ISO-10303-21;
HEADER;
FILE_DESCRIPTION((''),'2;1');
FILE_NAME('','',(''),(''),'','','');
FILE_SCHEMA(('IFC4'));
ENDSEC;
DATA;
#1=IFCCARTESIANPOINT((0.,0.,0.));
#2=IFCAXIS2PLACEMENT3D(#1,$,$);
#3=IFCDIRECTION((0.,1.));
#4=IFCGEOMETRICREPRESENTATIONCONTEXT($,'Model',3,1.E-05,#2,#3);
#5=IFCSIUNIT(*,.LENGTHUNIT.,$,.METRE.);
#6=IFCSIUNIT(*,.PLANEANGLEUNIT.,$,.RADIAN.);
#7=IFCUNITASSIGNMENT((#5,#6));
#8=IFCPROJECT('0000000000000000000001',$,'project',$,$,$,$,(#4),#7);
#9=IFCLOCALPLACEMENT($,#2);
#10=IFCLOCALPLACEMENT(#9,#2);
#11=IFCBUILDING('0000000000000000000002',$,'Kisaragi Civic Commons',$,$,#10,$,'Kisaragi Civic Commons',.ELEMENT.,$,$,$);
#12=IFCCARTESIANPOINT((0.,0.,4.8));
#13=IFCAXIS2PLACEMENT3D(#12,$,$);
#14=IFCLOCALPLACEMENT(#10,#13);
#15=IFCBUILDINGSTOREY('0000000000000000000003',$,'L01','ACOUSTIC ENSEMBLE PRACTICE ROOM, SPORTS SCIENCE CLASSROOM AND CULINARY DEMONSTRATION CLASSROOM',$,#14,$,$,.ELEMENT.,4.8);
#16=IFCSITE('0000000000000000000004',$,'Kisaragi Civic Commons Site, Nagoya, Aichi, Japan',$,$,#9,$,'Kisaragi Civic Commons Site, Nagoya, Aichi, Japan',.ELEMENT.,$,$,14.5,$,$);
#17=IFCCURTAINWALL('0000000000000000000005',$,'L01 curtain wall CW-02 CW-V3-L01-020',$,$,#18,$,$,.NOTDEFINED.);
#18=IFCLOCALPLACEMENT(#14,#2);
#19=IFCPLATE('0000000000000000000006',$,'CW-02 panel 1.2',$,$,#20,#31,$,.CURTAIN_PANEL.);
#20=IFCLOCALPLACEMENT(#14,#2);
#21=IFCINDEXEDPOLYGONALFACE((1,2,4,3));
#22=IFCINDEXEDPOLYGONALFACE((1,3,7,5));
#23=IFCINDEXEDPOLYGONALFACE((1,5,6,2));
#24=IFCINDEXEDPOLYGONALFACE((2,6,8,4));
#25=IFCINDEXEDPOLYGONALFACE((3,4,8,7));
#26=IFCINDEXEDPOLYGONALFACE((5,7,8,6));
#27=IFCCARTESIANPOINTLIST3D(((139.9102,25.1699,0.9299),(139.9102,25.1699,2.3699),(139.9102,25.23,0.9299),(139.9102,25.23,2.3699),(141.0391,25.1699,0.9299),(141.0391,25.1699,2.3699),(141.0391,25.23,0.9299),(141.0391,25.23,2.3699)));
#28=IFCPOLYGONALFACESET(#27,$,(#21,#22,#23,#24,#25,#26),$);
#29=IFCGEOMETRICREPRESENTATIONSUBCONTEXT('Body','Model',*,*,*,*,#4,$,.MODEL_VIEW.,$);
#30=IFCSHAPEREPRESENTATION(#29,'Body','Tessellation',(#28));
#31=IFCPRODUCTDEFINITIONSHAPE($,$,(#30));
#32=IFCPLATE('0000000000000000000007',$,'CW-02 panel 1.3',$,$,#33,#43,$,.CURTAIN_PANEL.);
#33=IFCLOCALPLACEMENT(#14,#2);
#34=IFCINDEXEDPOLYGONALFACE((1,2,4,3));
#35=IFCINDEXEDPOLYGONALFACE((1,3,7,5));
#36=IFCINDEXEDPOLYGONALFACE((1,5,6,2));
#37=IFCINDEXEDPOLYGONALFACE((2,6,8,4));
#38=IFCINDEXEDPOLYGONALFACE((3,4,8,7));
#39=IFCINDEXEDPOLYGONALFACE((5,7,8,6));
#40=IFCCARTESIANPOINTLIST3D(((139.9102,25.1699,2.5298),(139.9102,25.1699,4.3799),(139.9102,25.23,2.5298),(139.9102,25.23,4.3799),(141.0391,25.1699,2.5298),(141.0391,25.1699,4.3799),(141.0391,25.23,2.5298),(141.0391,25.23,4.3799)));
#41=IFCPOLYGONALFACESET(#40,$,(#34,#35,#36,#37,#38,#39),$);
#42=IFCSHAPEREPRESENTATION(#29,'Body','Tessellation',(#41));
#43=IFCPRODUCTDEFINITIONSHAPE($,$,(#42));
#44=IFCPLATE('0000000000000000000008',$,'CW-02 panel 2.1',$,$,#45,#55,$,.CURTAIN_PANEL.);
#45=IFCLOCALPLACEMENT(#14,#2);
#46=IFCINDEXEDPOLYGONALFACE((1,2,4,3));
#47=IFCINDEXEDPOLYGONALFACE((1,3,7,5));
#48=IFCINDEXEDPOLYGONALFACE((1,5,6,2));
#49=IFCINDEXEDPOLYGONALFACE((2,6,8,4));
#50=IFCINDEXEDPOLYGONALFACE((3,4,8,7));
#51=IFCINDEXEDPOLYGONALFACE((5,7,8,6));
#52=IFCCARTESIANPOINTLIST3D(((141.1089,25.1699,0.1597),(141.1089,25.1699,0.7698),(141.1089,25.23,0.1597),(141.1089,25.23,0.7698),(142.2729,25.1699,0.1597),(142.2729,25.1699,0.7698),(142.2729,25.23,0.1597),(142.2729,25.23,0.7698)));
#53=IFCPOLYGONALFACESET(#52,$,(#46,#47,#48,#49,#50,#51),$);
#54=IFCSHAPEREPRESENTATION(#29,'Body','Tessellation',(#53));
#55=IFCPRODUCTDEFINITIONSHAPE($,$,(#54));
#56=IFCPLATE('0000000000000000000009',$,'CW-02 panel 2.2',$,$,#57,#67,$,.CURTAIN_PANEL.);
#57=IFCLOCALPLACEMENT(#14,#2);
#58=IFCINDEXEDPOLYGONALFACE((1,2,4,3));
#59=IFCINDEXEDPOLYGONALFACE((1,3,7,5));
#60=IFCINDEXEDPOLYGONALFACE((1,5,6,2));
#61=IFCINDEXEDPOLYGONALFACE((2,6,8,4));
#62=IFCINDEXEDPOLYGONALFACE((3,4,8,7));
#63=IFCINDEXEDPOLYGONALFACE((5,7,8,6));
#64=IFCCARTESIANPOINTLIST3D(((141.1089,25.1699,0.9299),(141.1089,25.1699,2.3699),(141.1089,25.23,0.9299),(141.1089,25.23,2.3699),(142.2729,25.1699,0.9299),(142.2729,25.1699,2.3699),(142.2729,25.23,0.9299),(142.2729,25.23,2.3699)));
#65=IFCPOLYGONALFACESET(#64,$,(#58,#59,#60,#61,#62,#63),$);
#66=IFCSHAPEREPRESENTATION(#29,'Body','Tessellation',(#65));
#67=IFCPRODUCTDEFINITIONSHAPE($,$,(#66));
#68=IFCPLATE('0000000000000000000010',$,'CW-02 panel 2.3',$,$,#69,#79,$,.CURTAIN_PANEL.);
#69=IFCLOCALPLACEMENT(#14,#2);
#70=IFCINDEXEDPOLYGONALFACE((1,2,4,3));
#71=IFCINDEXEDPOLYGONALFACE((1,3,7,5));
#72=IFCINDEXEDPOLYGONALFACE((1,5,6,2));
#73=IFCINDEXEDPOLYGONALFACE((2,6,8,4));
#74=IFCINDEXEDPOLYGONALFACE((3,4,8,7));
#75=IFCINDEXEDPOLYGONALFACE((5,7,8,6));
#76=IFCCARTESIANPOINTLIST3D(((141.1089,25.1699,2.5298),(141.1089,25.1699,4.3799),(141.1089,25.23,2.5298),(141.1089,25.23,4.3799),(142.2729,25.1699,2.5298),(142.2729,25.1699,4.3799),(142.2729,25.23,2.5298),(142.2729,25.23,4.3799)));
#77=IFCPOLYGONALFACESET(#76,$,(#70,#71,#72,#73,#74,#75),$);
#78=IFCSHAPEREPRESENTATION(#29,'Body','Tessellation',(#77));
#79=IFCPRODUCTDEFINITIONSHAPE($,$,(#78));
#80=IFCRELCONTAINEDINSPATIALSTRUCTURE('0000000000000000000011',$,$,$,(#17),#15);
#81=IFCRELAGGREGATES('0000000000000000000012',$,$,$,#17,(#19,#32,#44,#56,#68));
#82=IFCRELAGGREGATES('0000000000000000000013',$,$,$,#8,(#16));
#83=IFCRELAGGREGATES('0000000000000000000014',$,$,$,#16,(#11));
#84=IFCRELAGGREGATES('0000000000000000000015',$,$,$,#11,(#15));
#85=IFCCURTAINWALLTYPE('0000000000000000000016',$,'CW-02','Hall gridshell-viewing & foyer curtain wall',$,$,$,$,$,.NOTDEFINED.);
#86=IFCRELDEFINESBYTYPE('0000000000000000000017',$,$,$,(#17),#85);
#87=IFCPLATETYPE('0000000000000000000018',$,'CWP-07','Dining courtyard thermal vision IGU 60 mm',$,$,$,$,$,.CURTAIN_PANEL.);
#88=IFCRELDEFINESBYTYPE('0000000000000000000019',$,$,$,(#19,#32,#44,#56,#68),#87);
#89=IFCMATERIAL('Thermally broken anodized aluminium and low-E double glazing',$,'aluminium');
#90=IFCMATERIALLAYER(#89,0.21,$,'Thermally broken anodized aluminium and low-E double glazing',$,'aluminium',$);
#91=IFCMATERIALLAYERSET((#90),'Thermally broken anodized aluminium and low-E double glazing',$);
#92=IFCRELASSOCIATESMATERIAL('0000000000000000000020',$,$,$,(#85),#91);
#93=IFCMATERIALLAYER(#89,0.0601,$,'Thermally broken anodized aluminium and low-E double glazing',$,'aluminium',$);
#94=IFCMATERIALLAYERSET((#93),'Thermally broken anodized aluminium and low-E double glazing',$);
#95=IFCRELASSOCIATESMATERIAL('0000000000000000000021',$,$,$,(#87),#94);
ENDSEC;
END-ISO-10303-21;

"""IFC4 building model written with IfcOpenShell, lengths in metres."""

from ifc_helpers import new_model, si_unit, direction, frame, origin, origin_2d, place, context, subcontext, project, spatial, rectangle, extrude, material, layer, layer_set, type_object, element, aggregate, save


model = new_model("IFC4")

# Units and contexts
model_context = context("Model", 3, precision=1e-05, world=origin(), true_north=direction((0.0, 1.0)))
body_context = subcontext(model_context, "Body", "Model", "MODEL_VIEW")
ifc_project = project(units=[si_unit("LENGTHUNIT", "METRE"), si_unit("PLANEANGLEUNIT", "RADIAN")], contexts=[model_context])

# Site, building, storey
site_placement = place(None, origin())
site = spatial("IfcSite", under=ifc_project, at=site_placement, Name="Kisaragi Civic Commons Site, Nagoya, Aichi, Japan", LongName="Kisaragi Civic Commons Site, Nagoya, Aichi, Japan", CompositionType="ELEMENT", RefElevation=14.5)
building_placement = place(site_placement, origin())
building = spatial("IfcBuilding", under=site, at=building_placement, Name="Kisaragi Civic Commons", LongName="Kisaragi Civic Commons", CompositionType="ELEMENT")
storey_placement = place(building_placement, frame((0.0, 0.0, 4.8)))
storey = spatial("IfcBuildingStorey", under=building, at=storey_placement, Name="L01", Description="ACOUSTIC ENSEMBLE PRACTICE ROOM, SPORTS SCIENCE CLASSROOM AND CULINARY DEMONSTRATION CLASSROOM", CompositionType="ELEMENT", Elevation=4.8)

# Shared definitions
ifc_material = material(Name="Thermally broken anodized aluminium and low-E double glazing", Category="aluminium")
ifc_layer_1 = layer(ifc_material, 0.21, Name="Thermally broken anodized aluminium and low-E double glazing", Category="aluminium")
ifc_layer_set_1 = layer_set([ifc_layer_1], Name="Thermally broken anodized aluminium and low-E double glazing")
curtain_wall_type = type_object("IfcCurtainWallType", Name="CW-02", Description="Hall gridshell-viewing & foyer curtain wall", PredefinedType="NOTDEFINED", material=ifc_layer_set_1)

# Curtain wall
curtain_wall_1_placement = place(storey_placement, origin())
curtain_wall_1 = element("IfcCurtainWall", 1, at=curtain_wall_1_placement, inside=storey, type_object=curtain_wall_type, Name="L01 curtain wall CW-02 CW-V3-L01-020", PredefinedType="NOTDEFINED")

# Plates
ifc_layer_2 = layer(ifc_material, 0.0601, Name="Thermally broken anodized aluminium and low-E double glazing", Category="aluminium")
ifc_layer_set_2 = layer_set([ifc_layer_2], Name="Thermally broken anodized aluminium and low-E double glazing")
plate_type_1 = type_object("IfcPlateType", Name="CWP-07", Description="Dining courtyard thermal vision IGU 60 mm", PredefinedType="CURTAIN_PANEL", material=ifc_layer_set_2)
plate_1_placement = place(storey_placement, frame((140.4746, 25.2, 0.9299), z_axis=(0.0, 0.0, 1.0), x_axis=(1.0, 0.0, 0.0)))
plate_1 = element("IfcPlate", 2, at=plate_1_placement, type_object=plate_type_1, Name="CW-02 panel 1.2", PredefinedType="CURTAIN_PANEL", context=body_context, shape_type="SweptSolid", body=[
    extrude(rectangle(XDim=1.1289, YDim=0.0601, at=origin_2d()), origin(), (0.0, 0.0, 1.0), 1.4399),
])
plate_2_placement = place(storey_placement, frame((140.4746, 25.2, 2.5298), z_axis=(0.0, 0.0, 1.0), x_axis=(1.0, 0.0, 0.0)))
plate_2 = element("IfcPlate", 3, at=plate_2_placement, type_object=plate_type_1, Name="CW-02 panel 1.3", PredefinedType="CURTAIN_PANEL", context=body_context, shape_type="SweptSolid", body=[
    extrude(rectangle(XDim=1.1289, YDim=0.0601, at=origin_2d()), origin(), (0.0, 0.0, 1.0), 1.8501),
])
plate_3_placement = place(storey_placement, frame((141.6909, 25.2, 0.1597), z_axis=(0.0, 0.0, 1.0), x_axis=(1.0, 0.0, 0.0)))
plate_3 = element("IfcPlate", 4, at=plate_3_placement, type_object=plate_type_1, Name="CW-02 panel 2.1", PredefinedType="CURTAIN_PANEL", context=body_context, shape_type="SweptSolid", body=[
    extrude(rectangle(XDim=1.1641, YDim=0.0601, at=origin_2d()), origin(), (0.0, 0.0, 1.0), 0.6101),
])
plate_4_placement = place(storey_placement, frame((141.6909, 25.2, 0.9299), z_axis=(0.0, 0.0, 1.0), x_axis=(1.0, 0.0, 0.0)))
plate_4 = element("IfcPlate", 5, at=plate_4_placement, type_object=plate_type_1, Name="CW-02 panel 2.2", PredefinedType="CURTAIN_PANEL", context=body_context, shape_type="SweptSolid", body=[
    extrude(rectangle(XDim=1.1641, YDim=0.0601, at=origin_2d()), origin(), (0.0, 0.0, 1.0), 1.4399),
])
plate_5_placement = place(storey_placement, frame((141.6909, 25.2, 2.5298), z_axis=(0.0, 0.0, 1.0), x_axis=(1.0, 0.0, 0.0)))
plate_5 = element("IfcPlate", 6, at=plate_5_placement, type_object=plate_type_1, Name="CW-02 panel 2.3", PredefinedType="CURTAIN_PANEL", context=body_context, shape_type="SweptSolid", body=[
    extrude(rectangle(XDim=1.1641, YDim=0.0601, at=origin_2d()), origin(), (0.0, 0.0, 1.0), 1.8501),
])
aggregate(curtain_wall_1, [plate_1, plate_2, plate_3, plate_4, plate_5])

save(model, "model.ifc")
